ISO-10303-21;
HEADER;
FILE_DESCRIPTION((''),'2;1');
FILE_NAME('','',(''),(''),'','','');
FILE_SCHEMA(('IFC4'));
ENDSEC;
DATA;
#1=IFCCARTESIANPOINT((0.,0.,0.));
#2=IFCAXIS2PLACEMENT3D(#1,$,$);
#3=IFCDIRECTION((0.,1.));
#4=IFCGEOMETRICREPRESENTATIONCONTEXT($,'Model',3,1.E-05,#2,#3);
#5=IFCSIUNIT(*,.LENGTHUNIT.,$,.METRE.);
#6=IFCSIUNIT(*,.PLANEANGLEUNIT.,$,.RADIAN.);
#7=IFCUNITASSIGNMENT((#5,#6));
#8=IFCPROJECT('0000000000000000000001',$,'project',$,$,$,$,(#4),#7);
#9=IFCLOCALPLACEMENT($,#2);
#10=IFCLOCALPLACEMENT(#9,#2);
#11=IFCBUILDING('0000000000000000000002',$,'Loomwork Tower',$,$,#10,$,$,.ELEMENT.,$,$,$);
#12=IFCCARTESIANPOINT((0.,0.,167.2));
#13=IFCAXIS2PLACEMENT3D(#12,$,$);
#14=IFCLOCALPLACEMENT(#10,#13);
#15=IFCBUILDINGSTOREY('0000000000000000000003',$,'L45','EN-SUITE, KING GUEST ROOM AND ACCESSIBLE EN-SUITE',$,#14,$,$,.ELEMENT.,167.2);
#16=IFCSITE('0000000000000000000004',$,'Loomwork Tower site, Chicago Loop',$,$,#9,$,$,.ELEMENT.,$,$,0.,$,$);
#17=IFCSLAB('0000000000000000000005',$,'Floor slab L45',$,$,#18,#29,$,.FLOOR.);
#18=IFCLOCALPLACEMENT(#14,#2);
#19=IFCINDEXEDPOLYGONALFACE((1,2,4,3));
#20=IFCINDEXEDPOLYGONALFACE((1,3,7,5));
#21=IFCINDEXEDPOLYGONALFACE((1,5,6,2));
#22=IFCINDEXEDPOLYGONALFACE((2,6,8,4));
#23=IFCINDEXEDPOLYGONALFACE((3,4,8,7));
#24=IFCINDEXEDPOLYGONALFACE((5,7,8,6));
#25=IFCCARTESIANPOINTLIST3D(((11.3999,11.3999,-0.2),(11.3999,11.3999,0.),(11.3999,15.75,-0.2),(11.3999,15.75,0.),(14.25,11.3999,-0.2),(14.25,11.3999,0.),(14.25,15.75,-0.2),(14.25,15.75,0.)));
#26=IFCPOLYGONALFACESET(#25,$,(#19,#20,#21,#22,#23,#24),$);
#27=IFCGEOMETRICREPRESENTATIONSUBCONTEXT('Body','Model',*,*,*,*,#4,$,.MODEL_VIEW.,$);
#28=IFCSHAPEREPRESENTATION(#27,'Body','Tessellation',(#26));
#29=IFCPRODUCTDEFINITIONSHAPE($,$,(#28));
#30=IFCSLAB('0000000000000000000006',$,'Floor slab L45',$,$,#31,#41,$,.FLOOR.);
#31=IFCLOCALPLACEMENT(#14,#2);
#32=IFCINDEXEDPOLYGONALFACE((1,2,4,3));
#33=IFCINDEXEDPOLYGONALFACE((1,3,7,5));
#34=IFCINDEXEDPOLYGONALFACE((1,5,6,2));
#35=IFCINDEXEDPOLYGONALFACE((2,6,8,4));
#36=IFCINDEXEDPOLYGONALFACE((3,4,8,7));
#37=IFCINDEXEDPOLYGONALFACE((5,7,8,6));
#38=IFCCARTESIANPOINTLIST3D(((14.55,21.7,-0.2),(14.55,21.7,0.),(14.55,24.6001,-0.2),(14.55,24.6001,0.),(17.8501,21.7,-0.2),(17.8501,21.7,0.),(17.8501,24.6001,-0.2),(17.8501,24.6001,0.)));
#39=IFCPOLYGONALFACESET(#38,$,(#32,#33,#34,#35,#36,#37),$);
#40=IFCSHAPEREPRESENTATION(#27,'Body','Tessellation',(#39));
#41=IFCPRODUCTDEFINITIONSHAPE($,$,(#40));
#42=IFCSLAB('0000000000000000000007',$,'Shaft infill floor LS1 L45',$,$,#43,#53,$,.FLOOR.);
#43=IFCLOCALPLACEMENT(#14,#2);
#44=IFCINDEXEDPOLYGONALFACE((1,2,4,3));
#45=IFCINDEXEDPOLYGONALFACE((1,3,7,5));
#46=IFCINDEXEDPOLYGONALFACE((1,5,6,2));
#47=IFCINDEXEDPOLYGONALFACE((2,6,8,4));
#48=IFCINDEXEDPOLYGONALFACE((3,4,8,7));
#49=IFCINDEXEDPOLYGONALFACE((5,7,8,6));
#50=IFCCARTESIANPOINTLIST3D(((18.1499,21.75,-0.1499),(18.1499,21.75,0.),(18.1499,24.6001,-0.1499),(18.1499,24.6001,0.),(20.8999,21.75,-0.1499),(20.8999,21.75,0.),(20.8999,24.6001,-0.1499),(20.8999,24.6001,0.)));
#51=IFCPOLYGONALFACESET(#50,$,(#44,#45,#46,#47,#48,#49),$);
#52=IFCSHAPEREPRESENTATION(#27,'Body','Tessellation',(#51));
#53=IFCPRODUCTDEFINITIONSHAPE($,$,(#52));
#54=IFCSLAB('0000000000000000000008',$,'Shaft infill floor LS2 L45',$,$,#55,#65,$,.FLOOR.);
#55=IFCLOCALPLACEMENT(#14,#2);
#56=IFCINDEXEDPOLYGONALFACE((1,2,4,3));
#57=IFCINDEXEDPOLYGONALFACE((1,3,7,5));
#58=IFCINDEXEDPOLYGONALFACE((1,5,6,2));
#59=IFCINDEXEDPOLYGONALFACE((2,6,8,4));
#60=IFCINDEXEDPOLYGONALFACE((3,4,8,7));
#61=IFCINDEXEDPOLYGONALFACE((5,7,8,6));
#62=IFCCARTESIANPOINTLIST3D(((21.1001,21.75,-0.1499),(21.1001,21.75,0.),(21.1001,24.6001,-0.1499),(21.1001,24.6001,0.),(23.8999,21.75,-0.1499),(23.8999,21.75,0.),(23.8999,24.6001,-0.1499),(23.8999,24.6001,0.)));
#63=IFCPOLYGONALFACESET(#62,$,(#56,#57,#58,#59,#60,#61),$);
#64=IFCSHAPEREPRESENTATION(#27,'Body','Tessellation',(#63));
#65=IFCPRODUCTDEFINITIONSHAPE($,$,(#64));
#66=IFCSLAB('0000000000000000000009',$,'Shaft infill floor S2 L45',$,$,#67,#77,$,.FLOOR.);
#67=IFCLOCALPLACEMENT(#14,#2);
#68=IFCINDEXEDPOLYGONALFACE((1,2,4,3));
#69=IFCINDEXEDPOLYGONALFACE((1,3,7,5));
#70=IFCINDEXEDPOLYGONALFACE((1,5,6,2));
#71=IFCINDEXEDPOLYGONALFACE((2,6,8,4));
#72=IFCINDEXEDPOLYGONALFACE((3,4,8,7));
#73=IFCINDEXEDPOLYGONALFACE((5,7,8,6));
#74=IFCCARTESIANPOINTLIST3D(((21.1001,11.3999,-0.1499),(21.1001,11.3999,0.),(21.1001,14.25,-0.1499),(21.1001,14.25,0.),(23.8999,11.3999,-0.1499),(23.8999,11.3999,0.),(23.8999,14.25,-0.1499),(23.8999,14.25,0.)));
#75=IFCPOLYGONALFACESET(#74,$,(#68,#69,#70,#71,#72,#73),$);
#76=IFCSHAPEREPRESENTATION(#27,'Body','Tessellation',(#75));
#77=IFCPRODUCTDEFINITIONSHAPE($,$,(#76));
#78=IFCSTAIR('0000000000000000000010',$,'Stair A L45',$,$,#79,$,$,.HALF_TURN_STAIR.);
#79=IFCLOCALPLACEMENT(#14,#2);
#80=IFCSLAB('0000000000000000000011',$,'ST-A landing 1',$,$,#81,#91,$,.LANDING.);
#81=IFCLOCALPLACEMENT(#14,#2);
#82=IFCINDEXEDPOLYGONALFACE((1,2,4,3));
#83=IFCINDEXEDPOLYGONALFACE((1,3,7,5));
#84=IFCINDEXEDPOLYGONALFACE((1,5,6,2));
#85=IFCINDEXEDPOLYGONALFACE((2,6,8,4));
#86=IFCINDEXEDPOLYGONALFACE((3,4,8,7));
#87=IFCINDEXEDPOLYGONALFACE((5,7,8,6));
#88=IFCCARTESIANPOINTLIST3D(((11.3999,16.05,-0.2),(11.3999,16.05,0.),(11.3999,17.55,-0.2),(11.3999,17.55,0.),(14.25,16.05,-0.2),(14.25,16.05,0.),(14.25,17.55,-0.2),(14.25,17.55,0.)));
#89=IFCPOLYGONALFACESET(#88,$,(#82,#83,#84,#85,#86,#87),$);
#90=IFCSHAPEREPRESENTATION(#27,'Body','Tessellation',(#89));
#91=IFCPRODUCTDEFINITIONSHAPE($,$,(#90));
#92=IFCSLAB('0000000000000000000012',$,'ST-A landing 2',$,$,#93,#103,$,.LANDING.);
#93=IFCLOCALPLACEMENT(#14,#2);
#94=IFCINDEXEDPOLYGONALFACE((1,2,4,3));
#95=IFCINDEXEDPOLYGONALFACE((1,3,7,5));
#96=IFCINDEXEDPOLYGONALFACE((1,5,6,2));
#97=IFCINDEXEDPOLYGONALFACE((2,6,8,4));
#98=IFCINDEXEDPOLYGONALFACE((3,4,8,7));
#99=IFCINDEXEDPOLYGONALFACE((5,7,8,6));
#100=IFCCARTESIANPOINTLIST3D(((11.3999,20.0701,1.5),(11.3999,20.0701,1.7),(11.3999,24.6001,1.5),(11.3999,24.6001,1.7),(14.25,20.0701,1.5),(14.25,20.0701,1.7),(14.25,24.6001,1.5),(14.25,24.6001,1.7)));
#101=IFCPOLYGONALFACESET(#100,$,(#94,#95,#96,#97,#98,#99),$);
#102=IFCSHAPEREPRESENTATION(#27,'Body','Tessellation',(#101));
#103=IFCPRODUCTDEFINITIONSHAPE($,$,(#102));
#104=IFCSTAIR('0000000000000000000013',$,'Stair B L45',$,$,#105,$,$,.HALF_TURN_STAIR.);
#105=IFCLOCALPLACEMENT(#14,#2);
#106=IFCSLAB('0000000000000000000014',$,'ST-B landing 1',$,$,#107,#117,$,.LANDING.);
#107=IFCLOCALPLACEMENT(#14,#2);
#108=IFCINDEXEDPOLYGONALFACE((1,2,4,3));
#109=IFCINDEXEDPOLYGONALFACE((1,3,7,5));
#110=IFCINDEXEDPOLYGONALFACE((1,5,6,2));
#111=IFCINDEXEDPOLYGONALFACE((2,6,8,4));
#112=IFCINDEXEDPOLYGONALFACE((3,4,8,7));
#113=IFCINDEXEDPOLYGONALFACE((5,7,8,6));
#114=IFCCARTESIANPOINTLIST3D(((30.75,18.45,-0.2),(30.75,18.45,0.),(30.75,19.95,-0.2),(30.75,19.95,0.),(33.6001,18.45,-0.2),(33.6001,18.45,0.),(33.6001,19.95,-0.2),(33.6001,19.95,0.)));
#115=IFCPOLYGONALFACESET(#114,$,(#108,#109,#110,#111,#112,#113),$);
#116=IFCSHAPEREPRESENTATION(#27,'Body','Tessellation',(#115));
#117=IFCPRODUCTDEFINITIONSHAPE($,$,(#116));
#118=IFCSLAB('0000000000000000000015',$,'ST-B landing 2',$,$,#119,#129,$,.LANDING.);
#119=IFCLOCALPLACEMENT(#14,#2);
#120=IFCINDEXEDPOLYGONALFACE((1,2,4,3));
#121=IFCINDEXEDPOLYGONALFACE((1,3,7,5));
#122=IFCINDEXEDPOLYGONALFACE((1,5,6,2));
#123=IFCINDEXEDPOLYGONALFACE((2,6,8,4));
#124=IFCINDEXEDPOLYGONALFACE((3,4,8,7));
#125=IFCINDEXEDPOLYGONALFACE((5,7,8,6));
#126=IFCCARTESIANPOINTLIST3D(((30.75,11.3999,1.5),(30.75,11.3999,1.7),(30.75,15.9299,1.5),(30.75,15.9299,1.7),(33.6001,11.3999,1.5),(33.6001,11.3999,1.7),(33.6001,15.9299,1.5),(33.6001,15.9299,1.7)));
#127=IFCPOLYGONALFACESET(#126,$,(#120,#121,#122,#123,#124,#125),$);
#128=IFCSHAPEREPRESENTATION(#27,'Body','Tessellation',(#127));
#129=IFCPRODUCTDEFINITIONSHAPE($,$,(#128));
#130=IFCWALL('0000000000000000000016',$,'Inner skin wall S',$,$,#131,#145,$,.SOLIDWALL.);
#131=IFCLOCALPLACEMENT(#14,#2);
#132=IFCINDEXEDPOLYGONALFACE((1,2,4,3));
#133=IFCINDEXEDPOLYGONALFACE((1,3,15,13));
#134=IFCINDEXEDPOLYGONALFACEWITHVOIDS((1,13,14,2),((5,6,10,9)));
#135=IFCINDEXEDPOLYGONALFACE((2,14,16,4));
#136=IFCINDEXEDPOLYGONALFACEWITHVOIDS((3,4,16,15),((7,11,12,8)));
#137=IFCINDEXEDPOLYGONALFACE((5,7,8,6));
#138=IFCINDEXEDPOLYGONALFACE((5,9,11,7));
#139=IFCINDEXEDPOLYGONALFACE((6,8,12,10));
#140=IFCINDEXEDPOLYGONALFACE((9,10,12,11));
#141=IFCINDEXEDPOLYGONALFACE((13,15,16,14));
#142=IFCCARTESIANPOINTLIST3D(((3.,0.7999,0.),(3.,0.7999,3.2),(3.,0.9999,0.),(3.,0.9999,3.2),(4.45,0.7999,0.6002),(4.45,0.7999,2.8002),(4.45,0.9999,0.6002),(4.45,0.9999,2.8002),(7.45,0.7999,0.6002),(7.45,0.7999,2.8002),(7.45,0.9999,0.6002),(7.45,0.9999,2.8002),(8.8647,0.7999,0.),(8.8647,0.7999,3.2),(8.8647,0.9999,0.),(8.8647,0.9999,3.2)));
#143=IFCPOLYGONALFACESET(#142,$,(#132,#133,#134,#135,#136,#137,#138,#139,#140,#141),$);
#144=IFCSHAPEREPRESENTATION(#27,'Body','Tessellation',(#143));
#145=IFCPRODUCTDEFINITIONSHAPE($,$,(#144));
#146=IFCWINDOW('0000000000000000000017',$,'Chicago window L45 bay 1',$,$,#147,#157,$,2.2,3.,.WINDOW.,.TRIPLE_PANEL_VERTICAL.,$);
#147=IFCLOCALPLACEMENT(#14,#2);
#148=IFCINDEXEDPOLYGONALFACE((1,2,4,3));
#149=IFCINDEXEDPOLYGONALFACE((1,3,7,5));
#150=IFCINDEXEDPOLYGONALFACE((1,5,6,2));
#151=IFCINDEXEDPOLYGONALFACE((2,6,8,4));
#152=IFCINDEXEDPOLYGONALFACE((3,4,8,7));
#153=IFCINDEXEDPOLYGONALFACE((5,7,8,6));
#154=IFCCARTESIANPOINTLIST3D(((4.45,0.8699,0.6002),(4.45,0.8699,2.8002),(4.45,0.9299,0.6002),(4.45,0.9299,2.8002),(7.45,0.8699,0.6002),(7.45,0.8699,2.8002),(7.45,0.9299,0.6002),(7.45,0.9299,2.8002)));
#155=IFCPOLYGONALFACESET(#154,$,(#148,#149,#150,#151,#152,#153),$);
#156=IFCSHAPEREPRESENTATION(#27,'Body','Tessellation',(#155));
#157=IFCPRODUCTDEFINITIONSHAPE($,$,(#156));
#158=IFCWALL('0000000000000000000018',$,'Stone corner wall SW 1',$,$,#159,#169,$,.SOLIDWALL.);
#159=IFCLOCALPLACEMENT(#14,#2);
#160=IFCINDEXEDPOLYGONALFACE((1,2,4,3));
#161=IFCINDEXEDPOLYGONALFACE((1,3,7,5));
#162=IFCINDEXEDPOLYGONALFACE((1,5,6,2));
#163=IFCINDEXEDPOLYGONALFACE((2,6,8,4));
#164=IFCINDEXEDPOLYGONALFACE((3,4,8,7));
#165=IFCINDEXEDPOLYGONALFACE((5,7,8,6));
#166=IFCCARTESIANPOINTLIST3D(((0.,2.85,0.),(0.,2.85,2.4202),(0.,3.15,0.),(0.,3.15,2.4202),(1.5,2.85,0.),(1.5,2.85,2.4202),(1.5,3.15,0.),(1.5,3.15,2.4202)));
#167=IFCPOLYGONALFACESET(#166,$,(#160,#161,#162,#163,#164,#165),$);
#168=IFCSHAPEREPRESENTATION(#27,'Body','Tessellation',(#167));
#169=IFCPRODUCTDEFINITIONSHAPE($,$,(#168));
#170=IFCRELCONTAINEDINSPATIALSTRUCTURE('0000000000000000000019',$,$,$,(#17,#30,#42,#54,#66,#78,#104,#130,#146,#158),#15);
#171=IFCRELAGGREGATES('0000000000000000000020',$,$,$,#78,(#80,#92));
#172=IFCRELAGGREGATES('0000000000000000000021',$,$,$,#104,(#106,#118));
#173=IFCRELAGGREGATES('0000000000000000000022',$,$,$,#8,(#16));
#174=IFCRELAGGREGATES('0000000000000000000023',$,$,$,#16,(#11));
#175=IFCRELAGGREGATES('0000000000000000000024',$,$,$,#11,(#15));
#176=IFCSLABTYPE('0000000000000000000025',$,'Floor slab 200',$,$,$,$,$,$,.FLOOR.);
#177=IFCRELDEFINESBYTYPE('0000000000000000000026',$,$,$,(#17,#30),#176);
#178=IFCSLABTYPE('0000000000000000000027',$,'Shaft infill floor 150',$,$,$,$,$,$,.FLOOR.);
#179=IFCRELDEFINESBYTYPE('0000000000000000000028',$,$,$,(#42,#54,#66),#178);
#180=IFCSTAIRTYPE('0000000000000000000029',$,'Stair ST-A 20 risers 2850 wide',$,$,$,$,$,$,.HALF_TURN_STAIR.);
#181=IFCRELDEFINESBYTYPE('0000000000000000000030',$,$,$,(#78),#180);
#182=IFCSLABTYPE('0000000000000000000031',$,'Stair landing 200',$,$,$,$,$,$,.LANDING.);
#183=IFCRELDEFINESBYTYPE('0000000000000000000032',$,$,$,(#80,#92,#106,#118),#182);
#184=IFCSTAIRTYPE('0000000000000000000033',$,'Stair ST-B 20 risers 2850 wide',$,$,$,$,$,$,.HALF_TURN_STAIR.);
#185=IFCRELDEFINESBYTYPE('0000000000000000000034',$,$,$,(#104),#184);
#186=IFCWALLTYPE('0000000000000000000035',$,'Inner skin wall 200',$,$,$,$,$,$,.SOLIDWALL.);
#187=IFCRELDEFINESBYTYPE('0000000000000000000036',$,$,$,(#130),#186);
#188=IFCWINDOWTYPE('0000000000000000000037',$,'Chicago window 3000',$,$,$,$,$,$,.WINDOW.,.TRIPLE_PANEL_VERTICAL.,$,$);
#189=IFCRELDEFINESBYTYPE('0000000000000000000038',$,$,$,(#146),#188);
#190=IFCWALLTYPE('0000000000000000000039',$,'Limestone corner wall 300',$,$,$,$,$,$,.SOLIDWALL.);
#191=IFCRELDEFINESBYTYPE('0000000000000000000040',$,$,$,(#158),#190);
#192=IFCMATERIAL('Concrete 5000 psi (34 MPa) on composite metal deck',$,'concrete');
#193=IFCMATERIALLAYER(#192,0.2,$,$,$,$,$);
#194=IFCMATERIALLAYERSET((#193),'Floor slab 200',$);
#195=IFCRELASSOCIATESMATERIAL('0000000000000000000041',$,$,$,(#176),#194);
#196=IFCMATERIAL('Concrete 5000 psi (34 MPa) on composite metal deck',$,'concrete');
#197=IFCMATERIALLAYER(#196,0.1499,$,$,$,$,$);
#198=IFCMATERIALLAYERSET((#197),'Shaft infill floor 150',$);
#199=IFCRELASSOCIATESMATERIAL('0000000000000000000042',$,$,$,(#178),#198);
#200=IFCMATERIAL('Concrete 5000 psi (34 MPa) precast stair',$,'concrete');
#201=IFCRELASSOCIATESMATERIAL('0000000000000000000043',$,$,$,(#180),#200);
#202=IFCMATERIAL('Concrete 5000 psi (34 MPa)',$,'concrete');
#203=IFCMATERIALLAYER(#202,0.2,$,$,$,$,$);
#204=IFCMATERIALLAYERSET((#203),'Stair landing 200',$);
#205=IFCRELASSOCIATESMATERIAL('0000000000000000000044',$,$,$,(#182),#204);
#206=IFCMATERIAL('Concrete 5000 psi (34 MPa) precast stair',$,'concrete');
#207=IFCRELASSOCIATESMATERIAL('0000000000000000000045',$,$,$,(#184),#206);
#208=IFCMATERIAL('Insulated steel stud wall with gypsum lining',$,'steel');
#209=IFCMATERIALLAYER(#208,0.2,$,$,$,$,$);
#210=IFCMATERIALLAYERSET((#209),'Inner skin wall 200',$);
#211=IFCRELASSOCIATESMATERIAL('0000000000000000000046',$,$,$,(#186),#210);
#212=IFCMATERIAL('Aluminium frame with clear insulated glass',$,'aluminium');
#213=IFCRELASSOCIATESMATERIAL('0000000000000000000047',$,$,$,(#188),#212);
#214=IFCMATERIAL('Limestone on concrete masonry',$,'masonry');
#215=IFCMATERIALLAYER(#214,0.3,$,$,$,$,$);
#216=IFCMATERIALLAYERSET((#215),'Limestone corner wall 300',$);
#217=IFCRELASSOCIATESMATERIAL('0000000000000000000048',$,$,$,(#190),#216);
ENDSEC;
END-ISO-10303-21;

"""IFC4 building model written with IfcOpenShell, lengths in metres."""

from ifc_helpers import new_model, si_unit, direction, frame, frame_2d, origin, place, context, subcontext, project, spatial, polyline, rectangle, outline, extrude, material, layer, layer_set, type_object, element, fill, aggregate, save


model = new_model("IFC4")

# Units and contexts
model_context = context("Model", 3, precision=1e-05, world=origin(), true_north=direction((0.0, 1.0)))
body_context = subcontext(model_context, "Body", "Model", "MODEL_VIEW")
ifc_project = project(units=[si_unit("LENGTHUNIT", "METRE"), si_unit("PLANEANGLEUNIT", "RADIAN")], contexts=[model_context])

# Site, building, storey
site_placement = place(None, origin())
site = spatial("IfcSite", under=ifc_project, at=site_placement, Name="Loomwork Tower site, Chicago Loop", CompositionType="ELEMENT", RefElevation=0.0)
building_placement = place(site_placement, origin())
building = spatial("IfcBuilding", under=site, at=building_placement, Name="Loomwork Tower", CompositionType="ELEMENT")
storey_placement = place(building_placement, frame((0.0, 0.0, 167.2)))
storey = spatial("IfcBuildingStorey", under=building, at=storey_placement, Name="L45", Description="EN-SUITE, KING GUEST ROOM AND ACCESSIBLE EN-SUITE", CompositionType="ELEMENT", Elevation=167.2)

# Slabs
ifc_material_1 = material(Name="Concrete 5000 psi (34 MPa) on composite metal deck", Category="concrete")
ifc_layer_1 = layer(ifc_material_1, 0.2)
ifc_layer_set_1 = layer_set([ifc_layer_1], Name="Floor slab 200")
slab_type_1 = type_object("IfcSlabType", Name="Floor slab 200", PredefinedType="FLOOR", material=ifc_layer_set_1)
slab_1_placement = place(storey_placement, frame((0.0, 0.0, -0.2)))
element("IfcSlab", 1, at=slab_1_placement, inside=storey, type_object=slab_type_1, Name="Floor slab L45", PredefinedType="FLOOR", context=body_context, shape_type="SweptSolid", body=[
    extrude(outline(polyline([(14.25, 15.75), (14.25, 11.3999), (11.3999, 11.3999), (11.3999, 15.75), (14.25, 15.75)])), origin(), (0.0, 0.0, 1.0), 0.2),
])
slab_2_placement = place(storey_placement, frame((0.0, 0.0, -0.2)))
element("IfcSlab", 2, at=slab_2_placement, inside=storey, type_object=slab_type_1, Name="Floor slab L45", PredefinedType="FLOOR", context=body_context, shape_type="SweptSolid", body=[
    extrude(outline(polyline([(14.55, 21.7), (14.55, 24.6001), (17.8501, 24.6001), (17.8501, 21.7), (14.55, 21.7)])), origin(), (0.0, 0.0, 1.0), 0.2),
])
ifc_material_2 = material(Name="Concrete 5000 psi (34 MPa) on composite metal deck", Category="concrete")
ifc_layer_2 = layer(ifc_material_2, 0.1499)
ifc_layer_set_2 = layer_set([ifc_layer_2], Name="Shaft infill floor 150")
slab_type_2 = type_object("IfcSlabType", Name="Shaft infill floor 150", PredefinedType="FLOOR", material=ifc_layer_set_2)
slab_3_placement = place(storey_placement, frame((0.0, 0.0, -0.1499)))
element("IfcSlab", 3, at=slab_3_placement, inside=storey, type_object=slab_type_2, Name="Shaft infill floor LS1 L45", PredefinedType="FLOOR", context=body_context, shape_type="SweptSolid", body=[
    extrude(outline(polyline([(18.1499, 21.75), (20.8999, 21.75), (20.8999, 24.6001), (18.1499, 24.6001), (18.1499, 21.75)])), origin(), (0.0, 0.0, 1.0), 0.1499),
])
slab_4_placement = place(storey_placement, frame((0.0, 0.0, -0.1499)))
element("IfcSlab", 4, at=slab_4_placement, inside=storey, type_object=slab_type_2, Name="Shaft infill floor LS2 L45", PredefinedType="FLOOR", context=body_context, shape_type="SweptSolid", body=[
    extrude(outline(polyline([(21.1001, 21.75), (23.8999, 21.75), (23.8999, 24.6001), (21.1001, 24.6001), (21.1001, 21.75)])), origin(), (0.0, 0.0, 1.0), 0.1499),
])
slab_5_placement = place(storey_placement, frame((0.0, 0.0, -0.1499)))
element("IfcSlab", 5, at=slab_5_placement, inside=storey, type_object=slab_type_2, Name="Shaft infill floor S2 L45", PredefinedType="FLOOR", context=body_context, shape_type="SweptSolid", body=[
    extrude(outline(polyline([(21.1001, 11.3999), (23.8999, 11.3999), (23.8999, 14.25), (21.1001, 14.25), (21.1001, 11.3999)])), origin(), (0.0, 0.0, 1.0), 0.1499),
])

# Stairs, slabs
ifc_material_3 = material(Name="Concrete 5000 psi (34 MPa) precast stair", Category="concrete")
stair_type_1 = type_object("IfcStairType", Name="Stair ST-A 20 risers 2850 wide", PredefinedType="HALF_TURN_STAIR", material=ifc_material_3)
stair_1_placement = place(storey_placement, origin())
stair_1 = element("IfcStair", 6, at=stair_1_placement, inside=storey, type_object=stair_type_1, Name="Stair A L45", PredefinedType="HALF_TURN_STAIR")
ifc_material_4 = material(Name="Concrete 5000 psi (34 MPa)", Category="concrete")
ifc_layer_3 = layer(ifc_material_4, 0.2)
ifc_layer_set_3 = layer_set([ifc_layer_3], Name="Stair landing 200")
slab_type_3 = type_object("IfcSlabType", Name="Stair landing 200", PredefinedType="LANDING", material=ifc_layer_set_3)
slab_6_placement = place(storey_placement, frame((0.0, 0.0, -0.2)))
slab_6 = element("IfcSlab", 7, at=slab_6_placement, type_object=slab_type_3, Name="ST-A landing 1", PredefinedType="LANDING", context=body_context, shape_type="SweptSolid", body=[
    extrude(outline(polyline([(11.3999, 16.05), (14.25, 16.05), (14.25, 17.55), (11.3999, 17.55), (11.3999, 16.05)])), origin(), (0.0, 0.0, 1.0), 0.2),
])
slab_7_placement = place(storey_placement, frame((0.0, 0.0, 1.5)))
slab_7 = element("IfcSlab", 8, at=slab_7_placement, type_object=slab_type_3, Name="ST-A landing 2", PredefinedType="LANDING", context=body_context, shape_type="SweptSolid", body=[
    extrude(outline(polyline([(11.3999, 20.0701), (14.25, 20.0701), (14.25, 24.6001), (11.3999, 24.6001), (11.3999, 20.0701)])), origin(), (0.0, 0.0, 1.0), 0.2),
])
aggregate(stair_1, [slab_6, slab_7])
ifc_material_5 = material(Name="Concrete 5000 psi (34 MPa) precast stair", Category="concrete")
stair_type_2 = type_object("IfcStairType", Name="Stair ST-B 20 risers 2850 wide", PredefinedType="HALF_TURN_STAIR", material=ifc_material_5)
stair_2_placement = place(storey_placement, origin())
stair_2 = element("IfcStair", 9, at=stair_2_placement, inside=storey, type_object=stair_type_2, Name="Stair B L45", PredefinedType="HALF_TURN_STAIR")
slab_8_placement = place(storey_placement, frame((0.0, 0.0, -0.2)))
slab_8 = element("IfcSlab", 10, at=slab_8_placement, type_object=slab_type_3, Name="ST-B landing 1", PredefinedType="LANDING", context=body_context, shape_type="SweptSolid", body=[
    extrude(outline(polyline([(30.75, 18.45), (33.6001, 18.45), (33.6001, 19.95), (30.75, 19.95), (30.75, 18.45)])), origin(), (0.0, 0.0, 1.0), 0.2),
])
slab_9_placement = place(storey_placement, frame((0.0, 0.0, 1.5)))
slab_9 = element("IfcSlab", 11, at=slab_9_placement, type_object=slab_type_3, Name="ST-B landing 2", PredefinedType="LANDING", context=body_context, shape_type="SweptSolid", body=[
    extrude(outline(polyline([(30.75, 11.3999), (33.6001, 11.3999), (33.6001, 15.9299), (30.75, 15.9299), (30.75, 11.3999)])), origin(), (0.0, 0.0, 1.0), 0.2),
])
aggregate(stair_2, [slab_8, slab_9])

# Wall, opening, window
ifc_material_6 = material(Name="Insulated steel stud wall with gypsum lining", Category="steel")
ifc_layer_4 = layer(ifc_material_6, 0.2)
ifc_layer_set_4 = layer_set([ifc_layer_4], Name="Inner skin wall 200")
wall_type_1 = type_object("IfcWallType", Name="Inner skin wall 200", PredefinedType="SOLIDWALL", material=ifc_layer_set_4)
wall_1_placement = place(storey_placement, frame((3.0, 0.8999, 0.0), z_axis=(0.0, 0.0, 1.0), x_axis=(1.0, 0.0, 0.0)))
wall_1 = element("IfcWall", 12, at=wall_1_placement, inside=storey, type_object=wall_type_1, Name="Inner skin wall S", PredefinedType="SOLIDWALL", context=body_context, shape_type="SweptSolid", body=[
    extrude(rectangle(XDim=5.8647, YDim=0.2, at=frame_2d((2.9324, 0.0))), origin(), (0.0, 0.0, 1.0), 3.2),
])
opening_1_placement = place(wall_1_placement, frame((1.45, 0.0, 0.6001)))
opening_1 = element("IfcOpeningElement", 13, at=opening_1_placement, cuts=wall_1, PredefinedType="OPENING", context=body_context, shape_type="SweptSolid", body=[
    extrude(rectangle(XDim=3.0, YDim=2.2, at=frame_2d((1.5, 1.1001))), frame((0.0, 0.1099, 0.0), z_axis=(0.0, -1.0, 0.0), x_axis=(1.0, 0.0, 0.0)), (0.0, 0.0, 1.0), 0.22),
])
ifc_material_7 = material(Name="Aluminium frame with clear insulated glass", Category="aluminium")
window_type_1 = type_object("IfcWindowType", Name="Chicago window 3000", PartitioningType="TRIPLE_PANEL_VERTICAL", PredefinedType="WINDOW", material=ifc_material_7)
window_1_placement = place(opening_1_placement, origin())
window_1 = element("IfcWindow", 14, at=window_1_placement, inside=storey, type_object=window_type_1, Name="Chicago window L45 bay 1", OverallHeight=2.2, OverallWidth=3.0, PartitioningType="TRIPLE_PANEL_VERTICAL", PredefinedType="WINDOW", context=body_context, shape_type="SweptSolid", body=[
    extrude(rectangle(XDim=3.0, YDim=2.2, at=frame_2d((1.5, 1.1001))), frame((0.0, 0.03, 0.0), z_axis=(0.0, -1.0, 0.0), x_axis=(1.0, 0.0, 0.0)), (0.0, 0.0, 1.0), 0.0601),
])
fill(opening_1, window_1)

# Wall
ifc_material_8 = material(Name="Limestone on concrete masonry", Category="masonry")
ifc_layer_5 = layer(ifc_material_8, 0.3)
ifc_layer_set_5 = layer_set([ifc_layer_5], Name="Limestone corner wall 300")
wall_type_2 = type_object("IfcWallType", Name="Limestone corner wall 300", PredefinedType="SOLIDWALL", material=ifc_layer_set_5)
wall_2_placement = place(storey_placement, frame((0.0, 3.0, 0.0), z_axis=(0.0, 0.0, 1.0), x_axis=(1.0, 0.0, 0.0)))
element("IfcWall", 15, at=wall_2_placement, inside=storey, type_object=wall_type_2, Name="Stone corner wall SW 1", PredefinedType="SOLIDWALL", context=body_context, shape_type="SweptSolid", body=[
    extrude(rectangle(XDim=1.5, YDim=0.3, at=frame_2d((0.75, 0.0))), origin(), (0.0, 0.0, 1.0), 2.4202),
])

save(model, "model.ifc")
